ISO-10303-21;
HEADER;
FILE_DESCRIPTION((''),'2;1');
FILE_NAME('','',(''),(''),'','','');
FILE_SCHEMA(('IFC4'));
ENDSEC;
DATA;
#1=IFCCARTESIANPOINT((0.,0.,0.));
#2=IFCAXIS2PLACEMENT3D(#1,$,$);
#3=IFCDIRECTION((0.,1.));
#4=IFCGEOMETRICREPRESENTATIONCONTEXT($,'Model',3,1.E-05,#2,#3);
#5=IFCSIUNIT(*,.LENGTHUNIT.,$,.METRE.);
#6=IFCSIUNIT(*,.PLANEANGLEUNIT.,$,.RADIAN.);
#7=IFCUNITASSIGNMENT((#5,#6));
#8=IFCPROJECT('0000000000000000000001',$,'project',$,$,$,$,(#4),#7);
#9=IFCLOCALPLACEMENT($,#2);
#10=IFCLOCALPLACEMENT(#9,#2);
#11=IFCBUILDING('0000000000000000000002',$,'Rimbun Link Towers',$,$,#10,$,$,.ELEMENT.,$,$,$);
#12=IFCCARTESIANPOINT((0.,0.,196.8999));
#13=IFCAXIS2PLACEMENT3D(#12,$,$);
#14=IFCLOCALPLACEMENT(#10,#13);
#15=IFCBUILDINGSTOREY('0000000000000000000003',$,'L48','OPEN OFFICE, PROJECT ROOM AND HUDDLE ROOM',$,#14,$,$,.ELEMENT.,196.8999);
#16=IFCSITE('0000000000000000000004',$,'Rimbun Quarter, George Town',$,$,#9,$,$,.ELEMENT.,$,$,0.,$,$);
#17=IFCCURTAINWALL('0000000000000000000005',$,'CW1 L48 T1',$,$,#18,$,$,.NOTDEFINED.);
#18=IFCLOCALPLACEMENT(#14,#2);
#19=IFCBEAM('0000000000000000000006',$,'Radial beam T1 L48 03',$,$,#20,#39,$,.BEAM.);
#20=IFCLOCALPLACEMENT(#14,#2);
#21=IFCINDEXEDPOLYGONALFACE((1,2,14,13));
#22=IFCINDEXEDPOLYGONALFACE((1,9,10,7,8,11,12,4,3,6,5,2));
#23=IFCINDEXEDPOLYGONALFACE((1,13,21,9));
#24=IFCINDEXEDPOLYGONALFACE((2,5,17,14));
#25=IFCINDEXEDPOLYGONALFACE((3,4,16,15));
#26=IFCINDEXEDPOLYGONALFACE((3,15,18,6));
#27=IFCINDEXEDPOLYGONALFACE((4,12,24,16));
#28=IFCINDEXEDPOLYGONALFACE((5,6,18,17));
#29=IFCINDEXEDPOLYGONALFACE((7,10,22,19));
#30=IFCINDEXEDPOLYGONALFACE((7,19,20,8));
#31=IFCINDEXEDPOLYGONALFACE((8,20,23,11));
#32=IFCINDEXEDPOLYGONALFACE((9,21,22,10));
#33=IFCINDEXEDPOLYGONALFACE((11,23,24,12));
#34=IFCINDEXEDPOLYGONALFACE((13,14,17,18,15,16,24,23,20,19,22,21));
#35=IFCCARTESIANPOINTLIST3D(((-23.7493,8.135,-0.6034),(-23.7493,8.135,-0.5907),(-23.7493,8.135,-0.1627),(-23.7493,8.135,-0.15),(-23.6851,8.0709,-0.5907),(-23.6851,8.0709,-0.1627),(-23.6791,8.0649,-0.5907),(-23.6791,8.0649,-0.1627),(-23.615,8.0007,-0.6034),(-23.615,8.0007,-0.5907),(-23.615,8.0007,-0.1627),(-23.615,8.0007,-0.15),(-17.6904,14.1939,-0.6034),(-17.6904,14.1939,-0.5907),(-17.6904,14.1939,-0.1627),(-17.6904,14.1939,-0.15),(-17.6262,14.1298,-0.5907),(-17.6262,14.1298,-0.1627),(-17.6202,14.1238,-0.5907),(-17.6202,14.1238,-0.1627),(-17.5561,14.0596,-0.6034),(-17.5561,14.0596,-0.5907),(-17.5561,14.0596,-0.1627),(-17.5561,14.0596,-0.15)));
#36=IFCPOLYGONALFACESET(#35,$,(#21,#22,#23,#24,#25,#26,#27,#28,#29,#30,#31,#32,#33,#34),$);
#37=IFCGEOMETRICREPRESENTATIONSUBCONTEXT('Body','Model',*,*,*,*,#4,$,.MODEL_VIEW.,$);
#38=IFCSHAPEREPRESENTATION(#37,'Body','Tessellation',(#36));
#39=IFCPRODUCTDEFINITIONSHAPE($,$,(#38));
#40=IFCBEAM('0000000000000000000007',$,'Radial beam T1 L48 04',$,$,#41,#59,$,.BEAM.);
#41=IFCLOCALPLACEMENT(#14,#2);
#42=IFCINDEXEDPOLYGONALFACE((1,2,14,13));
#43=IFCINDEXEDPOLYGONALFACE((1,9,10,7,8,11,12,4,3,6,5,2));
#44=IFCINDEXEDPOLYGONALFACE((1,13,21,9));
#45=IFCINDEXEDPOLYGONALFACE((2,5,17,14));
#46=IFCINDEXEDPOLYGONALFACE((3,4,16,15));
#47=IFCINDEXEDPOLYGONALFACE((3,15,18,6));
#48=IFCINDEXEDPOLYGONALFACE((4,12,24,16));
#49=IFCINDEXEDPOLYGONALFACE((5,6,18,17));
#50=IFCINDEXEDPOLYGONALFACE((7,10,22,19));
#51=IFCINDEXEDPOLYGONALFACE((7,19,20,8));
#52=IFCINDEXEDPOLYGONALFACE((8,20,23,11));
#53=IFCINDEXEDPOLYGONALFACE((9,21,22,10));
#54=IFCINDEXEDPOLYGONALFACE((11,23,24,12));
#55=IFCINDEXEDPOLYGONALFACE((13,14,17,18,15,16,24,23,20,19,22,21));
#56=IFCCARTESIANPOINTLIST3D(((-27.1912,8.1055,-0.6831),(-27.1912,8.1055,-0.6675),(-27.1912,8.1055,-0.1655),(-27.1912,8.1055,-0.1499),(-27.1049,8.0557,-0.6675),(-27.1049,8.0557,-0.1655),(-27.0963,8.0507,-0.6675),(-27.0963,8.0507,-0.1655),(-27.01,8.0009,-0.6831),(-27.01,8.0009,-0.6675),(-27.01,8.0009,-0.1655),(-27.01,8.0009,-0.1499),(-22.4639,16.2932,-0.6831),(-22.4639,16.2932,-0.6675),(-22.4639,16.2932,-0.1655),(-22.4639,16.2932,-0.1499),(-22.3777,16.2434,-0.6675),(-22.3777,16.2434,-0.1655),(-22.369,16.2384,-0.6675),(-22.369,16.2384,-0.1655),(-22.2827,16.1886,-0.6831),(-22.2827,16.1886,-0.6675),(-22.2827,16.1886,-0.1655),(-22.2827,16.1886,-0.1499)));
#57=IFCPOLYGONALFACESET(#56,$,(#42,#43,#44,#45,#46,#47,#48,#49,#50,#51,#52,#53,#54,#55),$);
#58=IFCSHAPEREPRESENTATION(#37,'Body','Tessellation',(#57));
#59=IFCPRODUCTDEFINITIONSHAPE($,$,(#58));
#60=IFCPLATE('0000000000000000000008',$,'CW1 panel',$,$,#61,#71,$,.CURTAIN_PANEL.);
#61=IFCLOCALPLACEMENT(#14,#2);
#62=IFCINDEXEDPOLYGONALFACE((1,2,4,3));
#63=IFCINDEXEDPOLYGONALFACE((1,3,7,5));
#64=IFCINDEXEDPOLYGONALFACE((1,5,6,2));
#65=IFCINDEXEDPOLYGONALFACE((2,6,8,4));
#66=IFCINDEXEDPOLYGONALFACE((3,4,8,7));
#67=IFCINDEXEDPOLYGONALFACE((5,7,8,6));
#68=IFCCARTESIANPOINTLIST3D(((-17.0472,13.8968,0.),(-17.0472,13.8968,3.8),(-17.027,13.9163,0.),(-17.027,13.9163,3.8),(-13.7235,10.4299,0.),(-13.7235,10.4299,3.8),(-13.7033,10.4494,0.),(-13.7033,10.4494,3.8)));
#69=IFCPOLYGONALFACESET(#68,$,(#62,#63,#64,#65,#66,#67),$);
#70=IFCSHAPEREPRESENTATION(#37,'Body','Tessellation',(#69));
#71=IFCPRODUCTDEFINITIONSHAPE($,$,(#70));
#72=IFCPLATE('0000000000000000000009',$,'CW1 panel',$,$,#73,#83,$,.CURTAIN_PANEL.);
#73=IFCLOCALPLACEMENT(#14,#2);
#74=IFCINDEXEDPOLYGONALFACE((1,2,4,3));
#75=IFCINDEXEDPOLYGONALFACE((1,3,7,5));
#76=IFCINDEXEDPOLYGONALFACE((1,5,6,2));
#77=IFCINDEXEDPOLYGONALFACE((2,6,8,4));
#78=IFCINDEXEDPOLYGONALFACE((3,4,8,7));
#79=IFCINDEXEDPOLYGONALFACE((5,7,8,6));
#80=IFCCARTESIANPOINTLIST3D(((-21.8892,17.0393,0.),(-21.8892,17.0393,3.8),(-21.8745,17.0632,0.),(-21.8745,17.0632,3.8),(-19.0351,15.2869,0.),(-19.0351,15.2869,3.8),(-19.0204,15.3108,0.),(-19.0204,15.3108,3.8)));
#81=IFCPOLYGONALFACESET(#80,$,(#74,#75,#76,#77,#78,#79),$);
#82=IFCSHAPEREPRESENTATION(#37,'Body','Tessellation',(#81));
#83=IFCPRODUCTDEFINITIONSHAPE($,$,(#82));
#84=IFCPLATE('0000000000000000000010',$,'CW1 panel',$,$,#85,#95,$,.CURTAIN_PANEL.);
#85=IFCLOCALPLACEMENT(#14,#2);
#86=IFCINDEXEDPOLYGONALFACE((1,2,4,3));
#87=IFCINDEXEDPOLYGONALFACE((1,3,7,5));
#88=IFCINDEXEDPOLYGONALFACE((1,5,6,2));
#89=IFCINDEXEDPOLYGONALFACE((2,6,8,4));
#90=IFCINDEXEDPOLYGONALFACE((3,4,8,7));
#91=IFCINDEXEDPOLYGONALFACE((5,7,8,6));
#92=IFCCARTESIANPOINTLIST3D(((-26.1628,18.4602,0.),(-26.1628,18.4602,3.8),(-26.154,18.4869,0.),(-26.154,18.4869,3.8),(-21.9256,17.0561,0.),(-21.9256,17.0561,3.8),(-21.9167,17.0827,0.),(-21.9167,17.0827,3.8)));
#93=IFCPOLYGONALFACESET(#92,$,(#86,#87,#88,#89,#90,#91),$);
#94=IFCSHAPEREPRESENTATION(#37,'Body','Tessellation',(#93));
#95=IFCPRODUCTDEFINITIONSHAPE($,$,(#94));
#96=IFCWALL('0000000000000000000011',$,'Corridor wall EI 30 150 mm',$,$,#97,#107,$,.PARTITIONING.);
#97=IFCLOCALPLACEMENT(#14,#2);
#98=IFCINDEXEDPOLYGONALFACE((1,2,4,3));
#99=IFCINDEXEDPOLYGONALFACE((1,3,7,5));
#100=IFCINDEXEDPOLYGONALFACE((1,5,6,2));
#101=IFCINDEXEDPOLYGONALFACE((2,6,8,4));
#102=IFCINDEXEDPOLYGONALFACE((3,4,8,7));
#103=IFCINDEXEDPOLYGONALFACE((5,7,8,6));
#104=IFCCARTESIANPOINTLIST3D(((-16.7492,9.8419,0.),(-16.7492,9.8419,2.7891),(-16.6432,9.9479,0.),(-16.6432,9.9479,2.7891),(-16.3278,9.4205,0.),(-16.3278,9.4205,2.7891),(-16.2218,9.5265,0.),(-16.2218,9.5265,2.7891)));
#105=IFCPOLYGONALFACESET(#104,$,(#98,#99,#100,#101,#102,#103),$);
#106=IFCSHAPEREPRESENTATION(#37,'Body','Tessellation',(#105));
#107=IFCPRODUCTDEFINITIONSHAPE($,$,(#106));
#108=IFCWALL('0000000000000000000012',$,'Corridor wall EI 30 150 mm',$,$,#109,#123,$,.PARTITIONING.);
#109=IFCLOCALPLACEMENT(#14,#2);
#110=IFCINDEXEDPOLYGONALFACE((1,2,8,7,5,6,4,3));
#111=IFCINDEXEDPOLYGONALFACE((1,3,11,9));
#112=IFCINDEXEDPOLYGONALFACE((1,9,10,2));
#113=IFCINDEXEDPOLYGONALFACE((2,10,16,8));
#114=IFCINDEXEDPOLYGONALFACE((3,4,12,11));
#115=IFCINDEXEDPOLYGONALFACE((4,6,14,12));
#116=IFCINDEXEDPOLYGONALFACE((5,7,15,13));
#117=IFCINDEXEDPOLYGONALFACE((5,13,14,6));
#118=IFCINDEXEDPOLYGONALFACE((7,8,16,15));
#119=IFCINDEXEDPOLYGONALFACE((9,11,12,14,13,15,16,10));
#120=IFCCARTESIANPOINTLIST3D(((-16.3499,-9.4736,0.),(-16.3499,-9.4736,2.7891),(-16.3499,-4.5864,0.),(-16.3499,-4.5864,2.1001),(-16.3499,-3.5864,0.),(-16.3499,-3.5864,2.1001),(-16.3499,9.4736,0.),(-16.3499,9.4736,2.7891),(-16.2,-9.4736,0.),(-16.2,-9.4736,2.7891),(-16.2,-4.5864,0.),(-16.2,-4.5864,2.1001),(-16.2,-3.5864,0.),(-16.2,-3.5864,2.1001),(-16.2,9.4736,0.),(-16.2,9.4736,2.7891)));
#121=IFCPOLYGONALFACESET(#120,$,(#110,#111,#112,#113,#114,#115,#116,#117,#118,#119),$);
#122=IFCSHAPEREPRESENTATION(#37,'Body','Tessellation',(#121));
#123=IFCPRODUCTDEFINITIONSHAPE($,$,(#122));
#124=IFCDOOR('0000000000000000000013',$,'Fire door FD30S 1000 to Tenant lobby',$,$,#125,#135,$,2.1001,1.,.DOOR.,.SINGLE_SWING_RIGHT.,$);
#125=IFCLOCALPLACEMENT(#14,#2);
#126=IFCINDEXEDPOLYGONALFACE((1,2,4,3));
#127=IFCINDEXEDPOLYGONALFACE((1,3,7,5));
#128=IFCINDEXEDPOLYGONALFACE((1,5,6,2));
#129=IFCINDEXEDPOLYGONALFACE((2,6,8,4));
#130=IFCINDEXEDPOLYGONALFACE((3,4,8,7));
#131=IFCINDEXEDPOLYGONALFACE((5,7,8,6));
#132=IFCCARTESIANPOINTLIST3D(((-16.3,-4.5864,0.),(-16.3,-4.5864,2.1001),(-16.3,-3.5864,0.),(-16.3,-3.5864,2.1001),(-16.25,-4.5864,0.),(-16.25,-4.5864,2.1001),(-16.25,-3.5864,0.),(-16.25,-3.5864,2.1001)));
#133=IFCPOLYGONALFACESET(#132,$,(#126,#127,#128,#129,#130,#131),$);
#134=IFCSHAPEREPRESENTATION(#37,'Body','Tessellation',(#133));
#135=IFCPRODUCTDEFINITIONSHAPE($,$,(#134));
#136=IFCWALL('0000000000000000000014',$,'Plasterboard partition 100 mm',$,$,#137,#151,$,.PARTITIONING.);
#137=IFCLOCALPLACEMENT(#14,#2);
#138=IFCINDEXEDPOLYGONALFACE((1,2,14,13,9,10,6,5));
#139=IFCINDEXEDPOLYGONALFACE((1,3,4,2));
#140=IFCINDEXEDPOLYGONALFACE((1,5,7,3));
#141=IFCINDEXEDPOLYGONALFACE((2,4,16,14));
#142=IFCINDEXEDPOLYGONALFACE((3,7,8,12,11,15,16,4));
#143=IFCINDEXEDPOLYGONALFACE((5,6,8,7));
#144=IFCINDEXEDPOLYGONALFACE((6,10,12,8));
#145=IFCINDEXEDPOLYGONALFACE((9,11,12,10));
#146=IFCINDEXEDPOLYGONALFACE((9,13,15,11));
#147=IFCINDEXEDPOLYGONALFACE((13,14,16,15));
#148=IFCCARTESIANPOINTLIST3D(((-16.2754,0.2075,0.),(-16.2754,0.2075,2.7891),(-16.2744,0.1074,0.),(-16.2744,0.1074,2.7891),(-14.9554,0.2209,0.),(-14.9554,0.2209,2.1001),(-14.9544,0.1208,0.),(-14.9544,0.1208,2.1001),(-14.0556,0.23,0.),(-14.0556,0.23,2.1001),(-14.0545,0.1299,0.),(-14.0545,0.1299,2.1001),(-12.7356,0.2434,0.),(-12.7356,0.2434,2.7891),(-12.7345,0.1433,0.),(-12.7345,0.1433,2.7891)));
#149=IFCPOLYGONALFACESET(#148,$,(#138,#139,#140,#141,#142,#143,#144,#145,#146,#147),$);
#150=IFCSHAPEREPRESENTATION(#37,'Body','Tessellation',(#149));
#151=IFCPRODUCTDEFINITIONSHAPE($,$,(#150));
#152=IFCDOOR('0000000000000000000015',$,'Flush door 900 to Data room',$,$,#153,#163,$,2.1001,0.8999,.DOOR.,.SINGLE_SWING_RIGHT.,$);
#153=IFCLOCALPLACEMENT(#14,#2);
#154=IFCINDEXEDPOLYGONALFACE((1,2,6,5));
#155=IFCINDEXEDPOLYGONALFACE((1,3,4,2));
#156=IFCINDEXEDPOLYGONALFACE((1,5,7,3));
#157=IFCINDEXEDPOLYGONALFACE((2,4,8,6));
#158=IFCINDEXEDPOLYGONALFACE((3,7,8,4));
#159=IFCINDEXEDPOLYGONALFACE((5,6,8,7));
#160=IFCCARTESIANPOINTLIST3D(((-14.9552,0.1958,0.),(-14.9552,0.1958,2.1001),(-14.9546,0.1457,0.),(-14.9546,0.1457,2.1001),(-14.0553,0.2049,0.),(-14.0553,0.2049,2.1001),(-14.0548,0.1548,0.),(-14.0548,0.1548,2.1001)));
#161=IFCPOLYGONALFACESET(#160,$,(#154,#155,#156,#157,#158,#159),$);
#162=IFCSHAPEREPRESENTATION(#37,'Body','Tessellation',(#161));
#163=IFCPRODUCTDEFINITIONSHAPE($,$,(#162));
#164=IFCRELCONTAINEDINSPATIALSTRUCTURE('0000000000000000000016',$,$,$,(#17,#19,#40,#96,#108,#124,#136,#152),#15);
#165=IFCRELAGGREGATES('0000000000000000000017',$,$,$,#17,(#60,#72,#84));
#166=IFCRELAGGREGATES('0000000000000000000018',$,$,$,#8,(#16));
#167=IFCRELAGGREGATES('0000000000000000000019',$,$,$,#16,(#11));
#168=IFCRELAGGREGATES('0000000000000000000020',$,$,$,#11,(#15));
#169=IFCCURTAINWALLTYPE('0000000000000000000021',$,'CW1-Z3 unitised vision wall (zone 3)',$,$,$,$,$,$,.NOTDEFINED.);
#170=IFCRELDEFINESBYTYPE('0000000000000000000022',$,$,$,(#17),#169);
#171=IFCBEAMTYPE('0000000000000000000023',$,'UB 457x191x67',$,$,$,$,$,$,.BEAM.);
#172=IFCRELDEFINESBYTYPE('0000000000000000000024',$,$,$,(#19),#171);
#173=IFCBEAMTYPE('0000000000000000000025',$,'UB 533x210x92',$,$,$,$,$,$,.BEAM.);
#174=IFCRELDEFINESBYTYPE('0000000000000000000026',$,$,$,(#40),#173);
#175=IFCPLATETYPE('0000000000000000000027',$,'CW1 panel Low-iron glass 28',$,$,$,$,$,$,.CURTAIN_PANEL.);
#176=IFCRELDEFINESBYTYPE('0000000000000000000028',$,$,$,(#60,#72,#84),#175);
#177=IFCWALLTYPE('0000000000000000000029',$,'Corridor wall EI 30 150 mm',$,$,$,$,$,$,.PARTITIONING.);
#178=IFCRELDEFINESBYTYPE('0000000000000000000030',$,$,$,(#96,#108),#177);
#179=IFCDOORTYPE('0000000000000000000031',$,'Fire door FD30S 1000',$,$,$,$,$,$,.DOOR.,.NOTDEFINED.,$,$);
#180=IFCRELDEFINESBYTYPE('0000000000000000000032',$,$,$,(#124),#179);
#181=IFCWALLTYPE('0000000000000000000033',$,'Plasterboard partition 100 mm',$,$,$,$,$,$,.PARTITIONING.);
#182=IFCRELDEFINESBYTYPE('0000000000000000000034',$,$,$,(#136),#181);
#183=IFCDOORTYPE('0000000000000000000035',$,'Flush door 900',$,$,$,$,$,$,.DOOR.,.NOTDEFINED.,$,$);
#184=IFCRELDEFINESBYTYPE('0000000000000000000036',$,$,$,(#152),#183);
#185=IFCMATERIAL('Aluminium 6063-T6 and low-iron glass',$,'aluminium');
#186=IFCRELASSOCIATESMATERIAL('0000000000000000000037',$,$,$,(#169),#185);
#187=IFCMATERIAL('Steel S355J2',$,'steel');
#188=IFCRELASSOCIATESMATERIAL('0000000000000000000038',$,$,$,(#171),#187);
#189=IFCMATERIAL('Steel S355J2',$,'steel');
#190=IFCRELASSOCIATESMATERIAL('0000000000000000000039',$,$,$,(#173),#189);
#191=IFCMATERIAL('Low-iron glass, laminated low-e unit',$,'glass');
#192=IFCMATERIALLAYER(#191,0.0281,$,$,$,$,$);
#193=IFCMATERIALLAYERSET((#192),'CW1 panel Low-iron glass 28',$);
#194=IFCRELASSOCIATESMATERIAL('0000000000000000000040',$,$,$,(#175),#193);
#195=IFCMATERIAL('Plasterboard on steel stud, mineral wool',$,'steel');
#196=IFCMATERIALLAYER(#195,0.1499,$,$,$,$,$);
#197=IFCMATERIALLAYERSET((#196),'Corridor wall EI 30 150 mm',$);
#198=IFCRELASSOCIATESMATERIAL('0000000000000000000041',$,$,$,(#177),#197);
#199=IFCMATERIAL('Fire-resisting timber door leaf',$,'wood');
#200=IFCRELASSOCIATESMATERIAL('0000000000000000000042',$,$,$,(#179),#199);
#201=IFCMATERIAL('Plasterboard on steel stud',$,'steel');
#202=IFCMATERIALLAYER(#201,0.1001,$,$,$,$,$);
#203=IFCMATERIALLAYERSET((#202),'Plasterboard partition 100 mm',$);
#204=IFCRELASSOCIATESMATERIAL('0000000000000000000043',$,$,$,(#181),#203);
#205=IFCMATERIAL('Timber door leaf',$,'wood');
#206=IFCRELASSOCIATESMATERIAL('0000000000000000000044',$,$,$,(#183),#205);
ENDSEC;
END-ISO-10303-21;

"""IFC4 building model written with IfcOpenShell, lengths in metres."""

from ifc_helpers import new_model, si_unit, direction, frame, frame_2d, origin, origin_2d, place, context, subcontext, project, spatial, rectangle, i_section, extrude, material, layer, layer_set, material_profile, profile_set, type_object, element, fill, aggregate, save


model = new_model("IFC4")

# Units and contexts
model_context = context("Model", 3, precision=1e-05, world=origin(), true_north=direction((0.0, 1.0)))
body_context = subcontext(model_context, "Body", "Model", "MODEL_VIEW")
ifc_project = project(units=[si_unit("LENGTHUNIT", "METRE"), si_unit("PLANEANGLEUNIT", "RADIAN")], contexts=[model_context])

# Site, building, storey
site_placement = place(None, origin())
site = spatial("IfcSite", under=ifc_project, at=site_placement, Name="Rimbun Quarter, George Town", CompositionType="ELEMENT", RefElevation=0.0)
building_placement = place(site_placement, origin())
building = spatial("IfcBuilding", under=site, at=building_placement, Name="Rimbun Link Towers", CompositionType="ELEMENT")
storey_placement = place(building_placement, frame((0.0, 0.0, 196.8999)))
storey = spatial("IfcBuildingStorey", under=building, at=storey_placement, Name="L48", Description="OPEN OFFICE, PROJECT ROOM AND HUDDLE ROOM", CompositionType="ELEMENT", Elevation=196.8999)

# Curtain wall
ifc_material_1 = material(Name="Aluminium 6063-T6 and low-iron glass", Category="aluminium")
curtain_wall_type = type_object("IfcCurtainWallType", Name="CW1-Z3 unitised vision wall (zone 3)", PredefinedType="NOTDEFINED", material=ifc_material_1)
curtain_wall_placement = place(storey_placement, origin())
curtain_wall = element("IfcCurtainWall", 1, at=curtain_wall_placement, inside=storey, type_object=curtain_wall_type, Name="CW1 L48 T1", PredefinedType="NOTDEFINED")

# Beams
ifc_material_2 = material(Name="Steel S355J2", Category="steel")
ifc_material_profile_1 = material_profile(ifc_material_2, i_section(OverallWidth=0.1899, OverallDepth=0.4534, WebThickness=0.0085, FlangeThickness=0.0127, at=origin_2d()), Name="UB 457x191x67")
ifc_profile_set_1 = profile_set([ifc_material_profile_1], Name="Steel S355J2")
beam_type_1 = type_object("IfcBeamType", Name="UB 457x191x67", PredefinedType="BEAM", material=ifc_profile_set_1)
beam_1_placement = place(storey_placement, frame((-23.6821, 8.0679, -0.3767), z_axis=(0.707107, 0.707107, 0.0), x_axis=(-0.707107, 0.707107, 0.0)))
element("IfcBeam", 2, at=beam_1_placement, inside=storey, type_object=beam_type_1, Name="Radial beam T1 L48 03", PredefinedType="BEAM", context=body_context, shape_type="SweptSolid", body=[
    extrude(i_section(OverallWidth=0.1899, OverallDepth=0.4534, WebThickness=0.0085, FlangeThickness=0.0127, at=origin_2d()), origin(), (0.0, 0.0, 1.0), 8.5686),
])
ifc_material_3 = material(Name="Steel S355J2", Category="steel")
ifc_material_profile_2 = material_profile(ifc_material_3, i_section(OverallWidth=0.2092, OverallDepth=0.5332, WebThickness=0.01, FlangeThickness=0.0156, at=origin_2d()), Name="UB 533x210x92")
ifc_profile_set_2 = profile_set([ifc_material_profile_2], Name="Steel S355J2")
beam_type_2 = type_object("IfcBeamType", Name="UB 533x210x92", PredefinedType="BEAM", material=ifc_profile_set_2)
beam_2_placement = place(storey_placement, frame((-27.1006, 8.0532, -0.4165), z_axis=(0.500008, 0.866021, 0.0), x_axis=(-0.866021, 0.500008, 0.0)))
element("IfcBeam", 3, at=beam_2_placement, inside=storey, type_object=beam_type_2, Name="Radial beam T1 L48 04", PredefinedType="BEAM", context=body_context, shape_type="SweptSolid", body=[
    extrude(i_section(OverallWidth=0.2092, OverallDepth=0.5332, WebThickness=0.01, FlangeThickness=0.0156, at=origin_2d()), origin(), (0.0, 0.0, 1.0), 9.4543),
])

# Plates
ifc_material_4 = material(Name="Low-iron glass, laminated low-e unit", Category="glass")
ifc_layer_1 = layer(ifc_material_4, 0.0281)
ifc_layer_set_1 = layer_set([ifc_layer_1], Name="CW1 panel Low-iron glass 28")
plate_type = type_object("IfcPlateType", Name="CW1 panel Low-iron glass 28", PredefinedType="CURTAIN_PANEL", material=ifc_layer_set_1)
plate_1_placement = place(storey_placement, frame((-15.3752, 12.1731, 0.0), z_axis=(0.0, 0.0, 1.0), x_axis=(0.692041, -0.721859, 0.0)))
plate_1 = element("IfcPlate", 4, at=plate_1_placement, type_object=plate_type, Name="CW1 panel", PredefinedType="CURTAIN_PANEL", context=body_context, shape_type="SweptSolid", body=[
    extrude(rectangle(XDim=4.8027, YDim=0.0281, at=origin_2d()), origin(), (0.0, 0.0, 1.0), 3.8),
])
plate_2_placement = place(storey_placement, frame((-20.4548, 16.175, 0.0), z_axis=(0.0, 0.0, 1.0), x_axis=(0.852192, -0.523229, 0.0)))
plate_2 = element("IfcPlate", 5, at=plate_2_placement, type_object=plate_type, Name="CW1 panel", PredefinedType="CURTAIN_PANEL", context=body_context, shape_type="SweptSolid", body=[
    extrude(rectangle(XDim=3.3491, YDim=0.0281, at=origin_2d()), origin(), (0.0, 0.0, 1.0), 3.8),
])
plate_3_placement = place(storey_placement, frame((-24.0398, 17.7715, 0.0), z_axis=(0.0, 0.0, 1.0), x_axis=(0.949238, -0.314558, 0.0)))
plate_3 = element("IfcPlate", 6, at=plate_3_placement, type_object=plate_type, Name="CW1 panel", PredefinedType="CURTAIN_PANEL", context=body_context, shape_type="SweptSolid", body=[
    extrude(rectangle(XDim=4.4639, YDim=0.0281, at=origin_2d()), origin(), (0.0, 0.0, 1.0), 3.8),
])
aggregate(curtain_wall, [plate_1, plate_2, plate_3])

# Wall
ifc_material_5 = material(Name="Plasterboard on steel stud, mineral wool", Category="steel")
ifc_layer_2 = layer(ifc_material_5, 0.1499)
ifc_layer_set_2 = layer_set([ifc_layer_2], Name="Corridor wall EI 30 150 mm")
wall_type_1 = type_object("IfcWallType", Name="Corridor wall EI 30 150 mm", PredefinedType="PARTITIONING", material=ifc_layer_set_2)
wall_1_placement = place(storey_placement, frame((-16.2749, 9.4736, 0.0), z_axis=(0.0, 0.0, 1.0), x_axis=(-0.707107, 0.707107, 0.0)))
element("IfcWall", 7, at=wall_1_placement, inside=storey, type_object=wall_type_1, Name="Corridor wall EI 30 150 mm", PredefinedType="PARTITIONING", context=body_context, shape_type="SweptSolid", body=[
    extrude(rectangle(XDim=0.5959, YDim=0.1499, at=frame_2d((0.2979, 0.0))), origin(), (0.0, 0.0, 1.0), 2.7891),
])

# Walls, openings, doors
wall_2_placement = place(storey_placement, frame((-16.2749, 9.4736, 0.0), z_axis=(0.0, 0.0, 1.0), x_axis=(0.0, -1.0, 0.0)))
wall_2 = element("IfcWall", 8, at=wall_2_placement, inside=storey, type_object=wall_type_1, Name="Corridor wall EI 30 150 mm", PredefinedType="PARTITIONING", context=body_context, shape_type="SweptSolid", body=[
    extrude(rectangle(XDim=18.9473, YDim=0.1499, at=frame_2d((9.4736, 0.0))), origin(), (0.0, 0.0, 1.0), 2.7891),
])
opening_1_placement = place(wall_2_placement, frame((13.0601, 0.0, 0.0)))
opening_1 = element("IfcOpeningElement", 9, at=opening_1_placement, cuts=wall_2, PredefinedType="OPENING", context=body_context, shape_type="SweptSolid", body=[
    extrude(rectangle(XDim=1.0, YDim=2.1001, at=frame_2d((0.5, 1.05))), frame((0.0, 0.085, 0.0), z_axis=(0.0, -1.0, 0.0), x_axis=(1.0, 0.0, 0.0)), (0.0, 0.0, 1.0), 0.1699),
])
ifc_material_6 = material(Name="Fire-resisting timber door leaf", Category="wood")
door_type_1 = type_object("IfcDoorType", Name="Fire door FD30S 1000", OperationType="NOTDEFINED", PredefinedType="DOOR", material=ifc_material_6)
door_1_placement = place(opening_1_placement, origin())
door_1 = element("IfcDoor", 10, at=door_1_placement, inside=storey, type_object=door_type_1, Name="Fire door FD30S 1000 to Tenant lobby", OperationType="SINGLE_SWING_RIGHT", OverallHeight=2.1001, OverallWidth=1.0, PredefinedType="DOOR", context=body_context, shape_type="SweptSolid", body=[
    extrude(rectangle(XDim=1.0, YDim=2.1001, at=frame_2d((0.5, 1.05))), frame((0.0, 0.0249, 0.0), z_axis=(0.0, -1.0, 0.0), x_axis=(1.0, 0.0, 0.0)), (0.0, 0.0, 1.0), 0.05),
])
fill(opening_1, door_1)
ifc_material_7 = material(Name="Plasterboard on steel stud", Category="steel")
ifc_layer_3 = layer(ifc_material_7, 0.1001)
ifc_layer_set_3 = layer_set([ifc_layer_3], Name="Plasterboard partition 100 mm")
wall_type_2 = type_object("IfcWallType", Name="Plasterboard partition 100 mm", PredefinedType="PARTITIONING", material=ifc_layer_set_3)
wall_3_placement = place(storey_placement, frame((-16.2749, 0.1575, 0.0), z_axis=(0.0, 0.0, 1.0), x_axis=(0.999949, 0.010138, 0.0)))
wall_3 = element("IfcWall", 11, at=wall_3_placement, inside=storey, type_object=wall_type_2, Name="Plasterboard partition 100 mm", PredefinedType="PARTITIONING", context=body_context, shape_type="SweptSolid", body=[
    extrude(rectangle(XDim=3.54, YDim=0.1001, at=frame_2d((1.77, 0.0))), origin(), (0.0, 0.0, 1.0), 2.7891),
])
opening_2_placement = place(wall_3_placement, frame((1.3201, 0.0, 0.0)))
opening_2 = element("IfcOpeningElement", 12, at=opening_2_placement, cuts=wall_3, PredefinedType="OPENING", context=body_context, shape_type="SweptSolid", body=[
    extrude(rectangle(XDim=0.8999, YDim=2.1001, at=frame_2d((0.45, 1.05))), frame((0.0, 0.0601, 0.0), z_axis=(0.0, -1.0, 0.0), x_axis=(1.0, 0.0, 0.0)), (0.0, 0.0, 1.0), 0.1201),
])
ifc_material_8 = material(Name="Timber door leaf", Category="wood")
door_type_2 = type_object("IfcDoorType", Name="Flush door 900", OperationType="NOTDEFINED", PredefinedType="DOOR", material=ifc_material_8)
door_2_placement = place(opening_2_placement, origin())
door_2 = element("IfcDoor", 13, at=door_2_placement, inside=storey, type_object=door_type_2, Name="Flush door 900 to Data room", OperationType="SINGLE_SWING_RIGHT", OverallHeight=2.1001, OverallWidth=0.8999, PredefinedType="DOOR", context=body_context, shape_type="SweptSolid", body=[
    extrude(rectangle(XDim=0.8999, YDim=2.1001, at=frame_2d((0.45, 1.05))), frame((0.0, 0.0249, 0.0), z_axis=(0.0, -1.0, 0.0), x_axis=(1.0, 0.0, 0.0)), (0.0, 0.0, 1.0), 0.05),
])
fill(opening_2, door_2)

save(model, "model.ifc")
